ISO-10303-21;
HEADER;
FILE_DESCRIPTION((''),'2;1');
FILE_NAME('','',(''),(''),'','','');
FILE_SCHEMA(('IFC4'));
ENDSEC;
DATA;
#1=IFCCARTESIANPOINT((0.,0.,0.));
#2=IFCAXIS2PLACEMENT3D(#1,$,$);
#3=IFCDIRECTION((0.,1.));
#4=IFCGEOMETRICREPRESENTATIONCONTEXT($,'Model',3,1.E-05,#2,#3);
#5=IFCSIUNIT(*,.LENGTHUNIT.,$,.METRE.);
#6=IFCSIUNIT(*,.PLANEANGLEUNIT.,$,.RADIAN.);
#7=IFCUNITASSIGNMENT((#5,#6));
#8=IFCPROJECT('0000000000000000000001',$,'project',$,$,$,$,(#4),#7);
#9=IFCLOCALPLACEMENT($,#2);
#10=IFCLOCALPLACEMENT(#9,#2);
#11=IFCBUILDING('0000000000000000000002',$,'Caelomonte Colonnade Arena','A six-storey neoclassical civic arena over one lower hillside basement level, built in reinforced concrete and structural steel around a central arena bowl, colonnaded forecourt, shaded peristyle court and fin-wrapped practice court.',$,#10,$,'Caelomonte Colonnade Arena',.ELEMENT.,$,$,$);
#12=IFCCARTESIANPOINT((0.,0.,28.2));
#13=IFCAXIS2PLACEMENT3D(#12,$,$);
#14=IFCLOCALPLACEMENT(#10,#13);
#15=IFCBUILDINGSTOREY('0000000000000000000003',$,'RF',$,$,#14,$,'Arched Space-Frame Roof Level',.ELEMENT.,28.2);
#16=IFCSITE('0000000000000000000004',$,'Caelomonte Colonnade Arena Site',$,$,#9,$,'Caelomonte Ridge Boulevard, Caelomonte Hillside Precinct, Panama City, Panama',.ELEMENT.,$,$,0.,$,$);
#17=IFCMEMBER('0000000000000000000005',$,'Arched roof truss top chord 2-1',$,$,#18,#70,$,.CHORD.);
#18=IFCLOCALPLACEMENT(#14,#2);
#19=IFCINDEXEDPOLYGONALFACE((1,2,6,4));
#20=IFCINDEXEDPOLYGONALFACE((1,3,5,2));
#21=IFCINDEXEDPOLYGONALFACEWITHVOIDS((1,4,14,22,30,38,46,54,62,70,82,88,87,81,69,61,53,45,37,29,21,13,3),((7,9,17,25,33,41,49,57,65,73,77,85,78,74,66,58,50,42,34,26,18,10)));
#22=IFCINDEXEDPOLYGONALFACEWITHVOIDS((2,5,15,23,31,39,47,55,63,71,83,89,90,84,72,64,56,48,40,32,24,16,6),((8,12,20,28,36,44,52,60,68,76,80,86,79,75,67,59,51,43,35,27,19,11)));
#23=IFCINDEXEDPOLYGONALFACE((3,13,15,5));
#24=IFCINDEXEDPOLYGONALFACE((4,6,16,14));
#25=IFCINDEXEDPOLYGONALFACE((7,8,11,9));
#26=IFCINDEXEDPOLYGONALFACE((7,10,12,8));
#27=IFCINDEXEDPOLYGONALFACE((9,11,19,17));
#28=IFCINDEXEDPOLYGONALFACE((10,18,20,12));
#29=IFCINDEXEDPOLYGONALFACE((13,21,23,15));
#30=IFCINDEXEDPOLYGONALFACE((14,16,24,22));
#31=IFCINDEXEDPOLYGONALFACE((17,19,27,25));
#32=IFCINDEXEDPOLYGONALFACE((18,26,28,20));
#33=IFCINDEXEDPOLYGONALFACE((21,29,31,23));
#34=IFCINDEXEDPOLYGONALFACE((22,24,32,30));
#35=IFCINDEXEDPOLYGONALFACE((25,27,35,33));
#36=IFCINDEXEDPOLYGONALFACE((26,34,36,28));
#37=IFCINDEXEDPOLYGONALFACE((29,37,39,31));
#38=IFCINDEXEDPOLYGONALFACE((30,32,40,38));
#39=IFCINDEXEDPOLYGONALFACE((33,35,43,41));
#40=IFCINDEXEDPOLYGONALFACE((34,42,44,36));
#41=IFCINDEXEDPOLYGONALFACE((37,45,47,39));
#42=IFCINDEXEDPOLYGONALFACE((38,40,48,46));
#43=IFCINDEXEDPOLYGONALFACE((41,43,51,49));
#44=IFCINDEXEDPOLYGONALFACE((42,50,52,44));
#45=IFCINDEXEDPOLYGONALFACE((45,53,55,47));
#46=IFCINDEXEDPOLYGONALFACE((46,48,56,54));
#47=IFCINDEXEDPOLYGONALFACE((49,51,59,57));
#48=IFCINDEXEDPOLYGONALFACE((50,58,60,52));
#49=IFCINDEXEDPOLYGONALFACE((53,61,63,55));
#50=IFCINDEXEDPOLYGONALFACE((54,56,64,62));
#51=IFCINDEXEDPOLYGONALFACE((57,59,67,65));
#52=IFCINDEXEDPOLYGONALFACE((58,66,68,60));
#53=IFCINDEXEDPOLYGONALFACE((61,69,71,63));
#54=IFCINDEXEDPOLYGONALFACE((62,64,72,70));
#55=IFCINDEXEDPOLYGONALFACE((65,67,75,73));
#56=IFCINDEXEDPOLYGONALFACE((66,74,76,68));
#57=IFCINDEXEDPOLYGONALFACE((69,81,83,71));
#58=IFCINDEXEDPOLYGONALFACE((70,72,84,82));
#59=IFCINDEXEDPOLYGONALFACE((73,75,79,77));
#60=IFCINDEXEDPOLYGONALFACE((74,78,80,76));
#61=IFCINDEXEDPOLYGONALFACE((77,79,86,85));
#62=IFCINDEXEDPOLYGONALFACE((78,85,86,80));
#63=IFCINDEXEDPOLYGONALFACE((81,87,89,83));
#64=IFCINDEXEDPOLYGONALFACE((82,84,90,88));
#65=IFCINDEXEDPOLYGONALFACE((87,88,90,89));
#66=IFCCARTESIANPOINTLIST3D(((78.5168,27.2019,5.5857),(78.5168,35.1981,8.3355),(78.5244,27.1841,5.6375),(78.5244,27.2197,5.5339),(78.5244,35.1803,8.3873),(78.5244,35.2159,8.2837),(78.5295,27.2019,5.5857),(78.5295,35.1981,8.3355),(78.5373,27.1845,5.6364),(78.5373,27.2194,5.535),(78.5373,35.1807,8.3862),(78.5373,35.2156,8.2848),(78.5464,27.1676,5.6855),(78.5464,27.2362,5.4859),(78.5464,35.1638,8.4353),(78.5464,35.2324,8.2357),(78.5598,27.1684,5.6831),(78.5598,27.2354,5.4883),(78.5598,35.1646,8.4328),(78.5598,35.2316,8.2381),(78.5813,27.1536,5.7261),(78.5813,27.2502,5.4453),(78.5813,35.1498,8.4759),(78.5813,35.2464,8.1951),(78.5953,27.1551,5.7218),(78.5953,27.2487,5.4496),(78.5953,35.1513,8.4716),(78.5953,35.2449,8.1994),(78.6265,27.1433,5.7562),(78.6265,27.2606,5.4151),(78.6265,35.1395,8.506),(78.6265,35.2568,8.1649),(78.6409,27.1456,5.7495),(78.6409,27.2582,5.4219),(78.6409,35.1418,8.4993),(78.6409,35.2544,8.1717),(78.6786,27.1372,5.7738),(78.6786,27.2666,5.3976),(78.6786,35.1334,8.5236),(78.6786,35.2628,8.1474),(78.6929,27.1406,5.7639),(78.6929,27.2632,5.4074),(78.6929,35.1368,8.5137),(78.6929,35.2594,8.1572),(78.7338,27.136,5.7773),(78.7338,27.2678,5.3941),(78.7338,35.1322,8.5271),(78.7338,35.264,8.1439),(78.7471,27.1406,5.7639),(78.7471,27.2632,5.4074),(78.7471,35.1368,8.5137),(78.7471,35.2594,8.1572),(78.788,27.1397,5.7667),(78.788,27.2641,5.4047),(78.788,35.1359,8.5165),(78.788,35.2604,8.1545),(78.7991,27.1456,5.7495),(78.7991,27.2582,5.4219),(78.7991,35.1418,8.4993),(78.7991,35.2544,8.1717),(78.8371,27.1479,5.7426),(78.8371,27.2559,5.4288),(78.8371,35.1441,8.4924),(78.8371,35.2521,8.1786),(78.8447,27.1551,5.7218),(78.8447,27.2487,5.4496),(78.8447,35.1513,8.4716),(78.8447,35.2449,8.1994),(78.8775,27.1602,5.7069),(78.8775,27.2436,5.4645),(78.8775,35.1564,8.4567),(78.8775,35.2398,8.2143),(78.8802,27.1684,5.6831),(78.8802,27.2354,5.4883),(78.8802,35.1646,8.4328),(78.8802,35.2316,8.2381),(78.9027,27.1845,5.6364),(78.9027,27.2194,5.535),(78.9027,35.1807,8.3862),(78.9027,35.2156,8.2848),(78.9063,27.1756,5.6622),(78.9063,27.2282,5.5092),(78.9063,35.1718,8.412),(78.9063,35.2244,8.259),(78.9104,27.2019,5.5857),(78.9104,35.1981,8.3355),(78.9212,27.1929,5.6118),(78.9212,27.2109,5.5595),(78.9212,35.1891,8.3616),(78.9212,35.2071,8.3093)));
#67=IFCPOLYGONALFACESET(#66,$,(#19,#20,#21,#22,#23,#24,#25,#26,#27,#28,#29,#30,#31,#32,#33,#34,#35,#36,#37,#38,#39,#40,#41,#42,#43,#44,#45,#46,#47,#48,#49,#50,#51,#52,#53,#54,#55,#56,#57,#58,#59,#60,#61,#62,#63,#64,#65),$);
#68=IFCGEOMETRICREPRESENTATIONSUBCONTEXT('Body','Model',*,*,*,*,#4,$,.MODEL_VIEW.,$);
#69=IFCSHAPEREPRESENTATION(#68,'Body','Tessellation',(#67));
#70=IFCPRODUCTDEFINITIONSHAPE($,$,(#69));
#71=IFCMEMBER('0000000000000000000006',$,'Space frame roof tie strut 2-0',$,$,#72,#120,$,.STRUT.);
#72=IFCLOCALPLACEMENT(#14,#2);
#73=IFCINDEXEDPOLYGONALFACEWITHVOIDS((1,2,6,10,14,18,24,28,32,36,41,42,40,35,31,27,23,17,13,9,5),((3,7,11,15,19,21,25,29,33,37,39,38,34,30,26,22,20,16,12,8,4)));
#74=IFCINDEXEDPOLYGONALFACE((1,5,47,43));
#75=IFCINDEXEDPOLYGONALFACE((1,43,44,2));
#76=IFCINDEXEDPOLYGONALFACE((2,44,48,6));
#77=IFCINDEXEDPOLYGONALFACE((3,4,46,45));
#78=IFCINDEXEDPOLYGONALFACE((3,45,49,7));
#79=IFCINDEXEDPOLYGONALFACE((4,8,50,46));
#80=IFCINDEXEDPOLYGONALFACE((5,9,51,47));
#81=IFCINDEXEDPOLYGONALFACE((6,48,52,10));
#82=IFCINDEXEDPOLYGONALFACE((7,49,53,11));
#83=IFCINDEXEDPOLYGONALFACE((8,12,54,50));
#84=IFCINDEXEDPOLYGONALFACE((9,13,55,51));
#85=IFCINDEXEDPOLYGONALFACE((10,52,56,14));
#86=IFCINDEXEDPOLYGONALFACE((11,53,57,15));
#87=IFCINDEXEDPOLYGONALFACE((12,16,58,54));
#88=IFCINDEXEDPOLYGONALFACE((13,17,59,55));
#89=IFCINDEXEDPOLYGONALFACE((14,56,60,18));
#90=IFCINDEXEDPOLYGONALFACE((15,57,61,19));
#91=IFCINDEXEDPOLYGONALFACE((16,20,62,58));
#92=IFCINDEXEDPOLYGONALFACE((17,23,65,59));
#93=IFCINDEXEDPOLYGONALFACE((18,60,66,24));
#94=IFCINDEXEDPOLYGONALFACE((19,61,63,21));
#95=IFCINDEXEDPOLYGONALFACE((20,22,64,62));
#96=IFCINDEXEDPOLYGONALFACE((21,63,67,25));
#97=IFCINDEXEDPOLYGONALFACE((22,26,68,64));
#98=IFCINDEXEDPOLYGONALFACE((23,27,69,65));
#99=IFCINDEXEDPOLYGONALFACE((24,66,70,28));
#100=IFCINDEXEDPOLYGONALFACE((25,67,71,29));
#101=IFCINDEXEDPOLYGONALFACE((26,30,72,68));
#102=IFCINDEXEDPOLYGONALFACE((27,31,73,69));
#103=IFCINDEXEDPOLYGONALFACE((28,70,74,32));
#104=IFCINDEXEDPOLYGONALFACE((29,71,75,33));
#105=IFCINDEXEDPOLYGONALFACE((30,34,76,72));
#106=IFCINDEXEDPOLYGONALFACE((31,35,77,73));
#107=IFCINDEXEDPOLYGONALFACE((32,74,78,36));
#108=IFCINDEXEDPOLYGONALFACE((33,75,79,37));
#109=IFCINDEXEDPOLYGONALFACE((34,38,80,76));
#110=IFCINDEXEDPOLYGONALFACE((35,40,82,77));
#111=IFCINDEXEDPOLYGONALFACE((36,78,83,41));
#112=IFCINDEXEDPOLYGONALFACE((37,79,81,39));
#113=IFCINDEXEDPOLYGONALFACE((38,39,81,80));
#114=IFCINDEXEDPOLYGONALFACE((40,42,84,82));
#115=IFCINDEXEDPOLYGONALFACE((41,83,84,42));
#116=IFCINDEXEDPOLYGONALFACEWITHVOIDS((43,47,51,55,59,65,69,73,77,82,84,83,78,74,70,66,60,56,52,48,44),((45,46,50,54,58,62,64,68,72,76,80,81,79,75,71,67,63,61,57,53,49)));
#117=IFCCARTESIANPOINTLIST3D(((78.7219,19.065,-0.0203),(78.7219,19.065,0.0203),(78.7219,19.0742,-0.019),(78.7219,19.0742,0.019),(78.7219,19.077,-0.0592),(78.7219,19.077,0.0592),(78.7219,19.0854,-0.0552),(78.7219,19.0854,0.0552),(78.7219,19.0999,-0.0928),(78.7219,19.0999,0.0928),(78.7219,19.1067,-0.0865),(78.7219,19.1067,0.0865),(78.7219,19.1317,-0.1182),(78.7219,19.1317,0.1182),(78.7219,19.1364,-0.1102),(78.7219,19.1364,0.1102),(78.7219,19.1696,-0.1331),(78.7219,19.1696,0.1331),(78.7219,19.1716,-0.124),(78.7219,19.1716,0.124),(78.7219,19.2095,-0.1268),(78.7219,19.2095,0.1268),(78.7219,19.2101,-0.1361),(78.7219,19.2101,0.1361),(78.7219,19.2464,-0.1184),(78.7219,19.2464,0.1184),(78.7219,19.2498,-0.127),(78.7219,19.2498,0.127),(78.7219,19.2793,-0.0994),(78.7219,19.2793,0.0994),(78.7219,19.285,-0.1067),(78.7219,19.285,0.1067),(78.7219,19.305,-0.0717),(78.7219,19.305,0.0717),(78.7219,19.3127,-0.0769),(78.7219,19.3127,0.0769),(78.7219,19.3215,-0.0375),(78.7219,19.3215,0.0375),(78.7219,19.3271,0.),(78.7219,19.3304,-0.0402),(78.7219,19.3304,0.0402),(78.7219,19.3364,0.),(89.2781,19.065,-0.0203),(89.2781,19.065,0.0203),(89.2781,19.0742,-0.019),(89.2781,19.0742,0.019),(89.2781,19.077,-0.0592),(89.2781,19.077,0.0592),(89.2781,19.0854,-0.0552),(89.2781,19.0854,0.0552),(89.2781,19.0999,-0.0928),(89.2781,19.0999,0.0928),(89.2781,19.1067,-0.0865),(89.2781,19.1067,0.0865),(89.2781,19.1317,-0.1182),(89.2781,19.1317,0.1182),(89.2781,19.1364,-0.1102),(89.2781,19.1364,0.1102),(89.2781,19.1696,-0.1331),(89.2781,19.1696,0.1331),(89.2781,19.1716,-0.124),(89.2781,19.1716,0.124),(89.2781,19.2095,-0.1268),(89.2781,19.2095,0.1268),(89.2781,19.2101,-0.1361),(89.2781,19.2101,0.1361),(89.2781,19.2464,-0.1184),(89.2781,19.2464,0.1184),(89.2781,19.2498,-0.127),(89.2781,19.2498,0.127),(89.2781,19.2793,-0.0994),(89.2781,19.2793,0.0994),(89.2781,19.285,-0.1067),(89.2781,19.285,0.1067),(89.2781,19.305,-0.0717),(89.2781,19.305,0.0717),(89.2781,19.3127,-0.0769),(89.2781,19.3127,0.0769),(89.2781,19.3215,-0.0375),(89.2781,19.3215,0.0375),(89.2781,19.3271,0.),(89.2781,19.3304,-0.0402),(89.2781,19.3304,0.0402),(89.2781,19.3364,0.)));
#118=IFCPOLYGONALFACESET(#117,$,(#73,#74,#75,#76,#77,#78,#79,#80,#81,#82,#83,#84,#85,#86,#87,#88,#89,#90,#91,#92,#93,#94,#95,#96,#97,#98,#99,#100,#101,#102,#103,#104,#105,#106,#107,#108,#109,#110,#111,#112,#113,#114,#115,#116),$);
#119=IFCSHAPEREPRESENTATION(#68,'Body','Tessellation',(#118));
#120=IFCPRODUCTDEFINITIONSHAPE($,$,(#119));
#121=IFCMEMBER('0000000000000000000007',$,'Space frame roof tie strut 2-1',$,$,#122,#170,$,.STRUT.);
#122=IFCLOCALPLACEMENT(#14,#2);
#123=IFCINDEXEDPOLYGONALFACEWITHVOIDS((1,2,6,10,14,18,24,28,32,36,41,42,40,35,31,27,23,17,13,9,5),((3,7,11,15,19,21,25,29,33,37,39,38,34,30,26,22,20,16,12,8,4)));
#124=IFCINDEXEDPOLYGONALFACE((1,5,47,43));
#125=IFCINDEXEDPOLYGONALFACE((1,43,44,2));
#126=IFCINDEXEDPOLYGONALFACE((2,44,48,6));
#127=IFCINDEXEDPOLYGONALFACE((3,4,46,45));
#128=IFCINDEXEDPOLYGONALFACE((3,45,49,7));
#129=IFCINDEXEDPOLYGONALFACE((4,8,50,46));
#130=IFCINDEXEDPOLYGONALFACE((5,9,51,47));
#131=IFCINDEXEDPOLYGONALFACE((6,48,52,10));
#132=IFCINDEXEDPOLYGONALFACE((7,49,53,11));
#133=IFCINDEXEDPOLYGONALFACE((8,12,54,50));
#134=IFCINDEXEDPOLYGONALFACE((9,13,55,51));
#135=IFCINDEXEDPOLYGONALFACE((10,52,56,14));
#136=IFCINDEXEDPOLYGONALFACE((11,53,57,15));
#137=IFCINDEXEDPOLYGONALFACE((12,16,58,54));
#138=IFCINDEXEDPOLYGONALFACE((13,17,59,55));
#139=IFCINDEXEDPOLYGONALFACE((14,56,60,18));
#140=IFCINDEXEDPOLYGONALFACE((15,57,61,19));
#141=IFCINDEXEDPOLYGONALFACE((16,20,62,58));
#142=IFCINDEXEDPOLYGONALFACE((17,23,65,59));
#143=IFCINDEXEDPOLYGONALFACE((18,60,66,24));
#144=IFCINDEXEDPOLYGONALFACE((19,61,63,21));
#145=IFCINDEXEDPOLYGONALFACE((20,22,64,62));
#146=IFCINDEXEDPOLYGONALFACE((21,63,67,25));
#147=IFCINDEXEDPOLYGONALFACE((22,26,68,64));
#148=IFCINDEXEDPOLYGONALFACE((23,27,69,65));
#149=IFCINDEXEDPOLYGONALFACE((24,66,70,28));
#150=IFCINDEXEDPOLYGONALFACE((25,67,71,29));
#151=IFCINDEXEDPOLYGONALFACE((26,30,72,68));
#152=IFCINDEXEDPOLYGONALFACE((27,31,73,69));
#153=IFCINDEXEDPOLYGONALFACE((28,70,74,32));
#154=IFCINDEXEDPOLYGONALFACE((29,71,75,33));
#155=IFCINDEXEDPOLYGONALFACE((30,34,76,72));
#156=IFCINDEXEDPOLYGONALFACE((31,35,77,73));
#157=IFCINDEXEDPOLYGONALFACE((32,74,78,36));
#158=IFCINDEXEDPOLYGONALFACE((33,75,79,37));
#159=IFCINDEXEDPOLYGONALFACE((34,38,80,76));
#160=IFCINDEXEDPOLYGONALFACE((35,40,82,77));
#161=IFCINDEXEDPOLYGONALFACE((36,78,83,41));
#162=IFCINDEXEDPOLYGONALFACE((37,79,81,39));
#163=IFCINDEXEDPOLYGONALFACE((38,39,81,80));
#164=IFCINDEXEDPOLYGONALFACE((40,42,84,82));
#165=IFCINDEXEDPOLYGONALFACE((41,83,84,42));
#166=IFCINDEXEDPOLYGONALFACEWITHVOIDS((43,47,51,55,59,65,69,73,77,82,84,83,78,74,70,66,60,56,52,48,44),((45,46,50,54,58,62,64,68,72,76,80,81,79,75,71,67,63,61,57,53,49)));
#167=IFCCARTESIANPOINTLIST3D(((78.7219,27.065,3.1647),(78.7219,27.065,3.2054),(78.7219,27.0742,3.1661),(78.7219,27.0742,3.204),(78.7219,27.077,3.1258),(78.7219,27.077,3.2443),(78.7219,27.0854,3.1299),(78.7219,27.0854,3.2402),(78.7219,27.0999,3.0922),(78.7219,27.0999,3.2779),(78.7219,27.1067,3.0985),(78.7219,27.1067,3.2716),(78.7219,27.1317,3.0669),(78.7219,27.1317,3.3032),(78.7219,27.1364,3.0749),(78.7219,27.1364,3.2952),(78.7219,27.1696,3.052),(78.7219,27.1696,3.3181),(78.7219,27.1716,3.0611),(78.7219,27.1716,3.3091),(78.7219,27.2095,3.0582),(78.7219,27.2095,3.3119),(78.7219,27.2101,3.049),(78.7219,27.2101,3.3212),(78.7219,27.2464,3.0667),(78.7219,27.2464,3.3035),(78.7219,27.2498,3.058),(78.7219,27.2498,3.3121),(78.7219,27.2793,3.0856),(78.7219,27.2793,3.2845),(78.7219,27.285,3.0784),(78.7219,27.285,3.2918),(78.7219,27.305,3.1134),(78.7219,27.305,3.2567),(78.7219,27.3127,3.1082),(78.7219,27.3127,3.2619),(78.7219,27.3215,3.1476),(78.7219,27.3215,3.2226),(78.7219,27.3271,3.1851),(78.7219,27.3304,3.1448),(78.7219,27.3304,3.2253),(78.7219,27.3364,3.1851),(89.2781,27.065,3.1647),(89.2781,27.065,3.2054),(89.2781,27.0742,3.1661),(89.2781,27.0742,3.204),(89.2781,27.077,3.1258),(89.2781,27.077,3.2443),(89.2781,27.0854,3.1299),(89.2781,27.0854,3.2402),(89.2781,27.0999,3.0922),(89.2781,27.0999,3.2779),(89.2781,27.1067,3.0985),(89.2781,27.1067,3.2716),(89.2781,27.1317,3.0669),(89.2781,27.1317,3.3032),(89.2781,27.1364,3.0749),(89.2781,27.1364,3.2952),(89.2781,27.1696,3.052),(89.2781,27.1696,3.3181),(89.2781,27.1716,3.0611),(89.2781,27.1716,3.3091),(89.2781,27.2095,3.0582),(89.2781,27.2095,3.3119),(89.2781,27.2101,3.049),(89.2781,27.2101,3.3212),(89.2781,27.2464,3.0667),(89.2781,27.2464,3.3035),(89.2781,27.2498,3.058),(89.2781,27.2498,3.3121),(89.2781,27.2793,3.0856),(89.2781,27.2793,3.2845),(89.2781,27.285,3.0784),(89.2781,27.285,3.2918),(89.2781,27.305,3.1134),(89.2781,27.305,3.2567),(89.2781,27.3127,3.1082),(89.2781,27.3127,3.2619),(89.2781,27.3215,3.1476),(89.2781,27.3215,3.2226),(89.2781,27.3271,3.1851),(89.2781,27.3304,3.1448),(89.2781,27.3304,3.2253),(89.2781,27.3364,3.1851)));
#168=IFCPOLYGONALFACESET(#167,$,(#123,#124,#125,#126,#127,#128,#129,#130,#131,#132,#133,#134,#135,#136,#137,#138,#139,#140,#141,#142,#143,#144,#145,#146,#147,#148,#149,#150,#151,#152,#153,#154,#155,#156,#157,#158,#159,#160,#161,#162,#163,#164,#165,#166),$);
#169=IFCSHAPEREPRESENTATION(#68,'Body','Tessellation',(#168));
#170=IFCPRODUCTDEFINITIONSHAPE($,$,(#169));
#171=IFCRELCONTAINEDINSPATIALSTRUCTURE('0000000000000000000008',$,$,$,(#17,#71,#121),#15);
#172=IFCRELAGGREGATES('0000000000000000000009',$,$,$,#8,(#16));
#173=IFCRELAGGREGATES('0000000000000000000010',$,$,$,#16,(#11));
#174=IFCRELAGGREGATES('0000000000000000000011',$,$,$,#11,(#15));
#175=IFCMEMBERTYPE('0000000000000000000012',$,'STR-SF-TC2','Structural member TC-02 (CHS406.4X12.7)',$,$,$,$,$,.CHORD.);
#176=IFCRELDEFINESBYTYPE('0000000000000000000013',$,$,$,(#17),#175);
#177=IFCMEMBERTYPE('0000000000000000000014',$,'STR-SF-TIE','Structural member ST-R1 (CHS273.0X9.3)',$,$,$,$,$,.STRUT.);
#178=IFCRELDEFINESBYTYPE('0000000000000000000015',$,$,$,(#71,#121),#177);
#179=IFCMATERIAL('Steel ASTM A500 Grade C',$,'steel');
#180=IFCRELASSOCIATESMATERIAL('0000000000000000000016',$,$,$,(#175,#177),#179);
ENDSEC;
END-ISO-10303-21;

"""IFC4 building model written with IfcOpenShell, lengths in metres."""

from ifc_helpers import new_model, si_unit, direction, frame, origin, origin_2d, place, context, subcontext, project, spatial, hollow_circle, extrude, material, material_profile, profile_set, type_object, element, save


model = new_model("IFC4")

# Units and contexts
model_context = context("Model", 3, precision=1e-05, world=origin(), true_north=direction((0.0, 1.0)))
body_context = subcontext(model_context, "Body", "Model", "MODEL_VIEW")
ifc_project = project(units=[si_unit("LENGTHUNIT", "METRE"), si_unit("PLANEANGLEUNIT", "RADIAN")], contexts=[model_context])

# Site, building, storey
site_placement = place(None, origin())
site = spatial("IfcSite", under=ifc_project, at=site_placement, Name="Caelomonte Colonnade Arena Site", LongName="Caelomonte Ridge Boulevard, Caelomonte Hillside Precinct, Panama City, Panama", CompositionType="ELEMENT", RefElevation=0.0)
building_placement = place(site_placement, origin())
building = spatial("IfcBuilding", under=site, at=building_placement, Name="Caelomonte Colonnade Arena", Description="A six-storey neoclassical civic arena over one lower hillside basement level, built in reinforced concrete and structural steel around a central arena bowl, colonnaded forecourt, shaded peristyle court and fin-wrapped practice court.", LongName="Caelomonte Colonnade Arena", CompositionType="ELEMENT")
storey_placement = place(building_placement, frame((0.0, 0.0, 28.2)))
storey = spatial("IfcBuildingStorey", under=building, at=storey_placement, Name="RF", LongName="Arched Space-Frame Roof Level", CompositionType="ELEMENT", Elevation=28.2)

# Members
ifc_material_1 = material(Name="Steel ASTM A500 Grade C", Category="steel")
ifc_material_profile_1 = material_profile(ifc_material_1, hollow_circle(Radius=0.2031, WallThickness=0.0127, at=origin_2d()), Name="CHS406.4X12.7")
ifc_profile_set_1 = profile_set([ifc_material_profile_1], Name="Steel ASTM A500 Grade C")
member_type_1 = type_object("IfcMemberType", Name="STR-SF-TC2", Description="Structural member TC-02 (CHS406.4X12.7)", PredefinedType="CHORD", material=ifc_profile_set_1)
member_1_placement = place(storey_placement, frame((78.72, 27.2019, 5.5857), z_axis=(0.0, 0.945647, 0.325196), x_axis=(-1.0, 0.0, 0.0)))
element("IfcMember", 1, at=member_1_placement, inside=storey, type_object=member_type_1, Name="Arched roof truss top chord 2-1", PredefinedType="CHORD", context=body_context, shape_type="SweptSolid", body=[
    extrude(hollow_circle(Radius=0.2031, WallThickness=0.0127, at=origin_2d()), origin(), (0.0, 0.0, 1.0), 8.4558),
])
ifc_material_profile_2 = material_profile(ifc_material_1, hollow_circle(Radius=0.1365, WallThickness=0.0093, at=origin_2d()), Name="CHS273.0X9.3")
ifc_profile_set_2 = profile_set([ifc_material_profile_2], Name="Steel ASTM A500 Grade C")
member_type_2 = type_object("IfcMemberType", Name="STR-SF-TIE", Description="Structural member ST-R1 (CHS273.0X9.3)", PredefinedType="STRUT", material=ifc_profile_set_2)
for number, where, z_axis, x_axis, name in (
    (2, (78.7219, 19.2, 0.0), (1.0, 0.0, 0.0), (0.0, 1.0, 0.0), "Space frame roof tie strut 2-0"),
    (3, (78.7219, 27.2, 3.1851), (1.0, 0.0, 0.0), (0.0, 1.0, 0.0), "Space frame roof tie strut 2-1"),
):
    element("IfcMember", number, at=place(storey_placement, frame(where, z_axis=z_axis, x_axis=x_axis)), inside=storey, type_object=member_type_2, Name=name, PredefinedType="STRUT", context=body_context, shape_type="SweptSolid", body=[
        extrude(hollow_circle(Radius=0.1365, WallThickness=0.0093, at=origin_2d()), origin(), (0.0, 0.0, 1.0), 10.5562),
    ])

save(model, "model.ifc")
